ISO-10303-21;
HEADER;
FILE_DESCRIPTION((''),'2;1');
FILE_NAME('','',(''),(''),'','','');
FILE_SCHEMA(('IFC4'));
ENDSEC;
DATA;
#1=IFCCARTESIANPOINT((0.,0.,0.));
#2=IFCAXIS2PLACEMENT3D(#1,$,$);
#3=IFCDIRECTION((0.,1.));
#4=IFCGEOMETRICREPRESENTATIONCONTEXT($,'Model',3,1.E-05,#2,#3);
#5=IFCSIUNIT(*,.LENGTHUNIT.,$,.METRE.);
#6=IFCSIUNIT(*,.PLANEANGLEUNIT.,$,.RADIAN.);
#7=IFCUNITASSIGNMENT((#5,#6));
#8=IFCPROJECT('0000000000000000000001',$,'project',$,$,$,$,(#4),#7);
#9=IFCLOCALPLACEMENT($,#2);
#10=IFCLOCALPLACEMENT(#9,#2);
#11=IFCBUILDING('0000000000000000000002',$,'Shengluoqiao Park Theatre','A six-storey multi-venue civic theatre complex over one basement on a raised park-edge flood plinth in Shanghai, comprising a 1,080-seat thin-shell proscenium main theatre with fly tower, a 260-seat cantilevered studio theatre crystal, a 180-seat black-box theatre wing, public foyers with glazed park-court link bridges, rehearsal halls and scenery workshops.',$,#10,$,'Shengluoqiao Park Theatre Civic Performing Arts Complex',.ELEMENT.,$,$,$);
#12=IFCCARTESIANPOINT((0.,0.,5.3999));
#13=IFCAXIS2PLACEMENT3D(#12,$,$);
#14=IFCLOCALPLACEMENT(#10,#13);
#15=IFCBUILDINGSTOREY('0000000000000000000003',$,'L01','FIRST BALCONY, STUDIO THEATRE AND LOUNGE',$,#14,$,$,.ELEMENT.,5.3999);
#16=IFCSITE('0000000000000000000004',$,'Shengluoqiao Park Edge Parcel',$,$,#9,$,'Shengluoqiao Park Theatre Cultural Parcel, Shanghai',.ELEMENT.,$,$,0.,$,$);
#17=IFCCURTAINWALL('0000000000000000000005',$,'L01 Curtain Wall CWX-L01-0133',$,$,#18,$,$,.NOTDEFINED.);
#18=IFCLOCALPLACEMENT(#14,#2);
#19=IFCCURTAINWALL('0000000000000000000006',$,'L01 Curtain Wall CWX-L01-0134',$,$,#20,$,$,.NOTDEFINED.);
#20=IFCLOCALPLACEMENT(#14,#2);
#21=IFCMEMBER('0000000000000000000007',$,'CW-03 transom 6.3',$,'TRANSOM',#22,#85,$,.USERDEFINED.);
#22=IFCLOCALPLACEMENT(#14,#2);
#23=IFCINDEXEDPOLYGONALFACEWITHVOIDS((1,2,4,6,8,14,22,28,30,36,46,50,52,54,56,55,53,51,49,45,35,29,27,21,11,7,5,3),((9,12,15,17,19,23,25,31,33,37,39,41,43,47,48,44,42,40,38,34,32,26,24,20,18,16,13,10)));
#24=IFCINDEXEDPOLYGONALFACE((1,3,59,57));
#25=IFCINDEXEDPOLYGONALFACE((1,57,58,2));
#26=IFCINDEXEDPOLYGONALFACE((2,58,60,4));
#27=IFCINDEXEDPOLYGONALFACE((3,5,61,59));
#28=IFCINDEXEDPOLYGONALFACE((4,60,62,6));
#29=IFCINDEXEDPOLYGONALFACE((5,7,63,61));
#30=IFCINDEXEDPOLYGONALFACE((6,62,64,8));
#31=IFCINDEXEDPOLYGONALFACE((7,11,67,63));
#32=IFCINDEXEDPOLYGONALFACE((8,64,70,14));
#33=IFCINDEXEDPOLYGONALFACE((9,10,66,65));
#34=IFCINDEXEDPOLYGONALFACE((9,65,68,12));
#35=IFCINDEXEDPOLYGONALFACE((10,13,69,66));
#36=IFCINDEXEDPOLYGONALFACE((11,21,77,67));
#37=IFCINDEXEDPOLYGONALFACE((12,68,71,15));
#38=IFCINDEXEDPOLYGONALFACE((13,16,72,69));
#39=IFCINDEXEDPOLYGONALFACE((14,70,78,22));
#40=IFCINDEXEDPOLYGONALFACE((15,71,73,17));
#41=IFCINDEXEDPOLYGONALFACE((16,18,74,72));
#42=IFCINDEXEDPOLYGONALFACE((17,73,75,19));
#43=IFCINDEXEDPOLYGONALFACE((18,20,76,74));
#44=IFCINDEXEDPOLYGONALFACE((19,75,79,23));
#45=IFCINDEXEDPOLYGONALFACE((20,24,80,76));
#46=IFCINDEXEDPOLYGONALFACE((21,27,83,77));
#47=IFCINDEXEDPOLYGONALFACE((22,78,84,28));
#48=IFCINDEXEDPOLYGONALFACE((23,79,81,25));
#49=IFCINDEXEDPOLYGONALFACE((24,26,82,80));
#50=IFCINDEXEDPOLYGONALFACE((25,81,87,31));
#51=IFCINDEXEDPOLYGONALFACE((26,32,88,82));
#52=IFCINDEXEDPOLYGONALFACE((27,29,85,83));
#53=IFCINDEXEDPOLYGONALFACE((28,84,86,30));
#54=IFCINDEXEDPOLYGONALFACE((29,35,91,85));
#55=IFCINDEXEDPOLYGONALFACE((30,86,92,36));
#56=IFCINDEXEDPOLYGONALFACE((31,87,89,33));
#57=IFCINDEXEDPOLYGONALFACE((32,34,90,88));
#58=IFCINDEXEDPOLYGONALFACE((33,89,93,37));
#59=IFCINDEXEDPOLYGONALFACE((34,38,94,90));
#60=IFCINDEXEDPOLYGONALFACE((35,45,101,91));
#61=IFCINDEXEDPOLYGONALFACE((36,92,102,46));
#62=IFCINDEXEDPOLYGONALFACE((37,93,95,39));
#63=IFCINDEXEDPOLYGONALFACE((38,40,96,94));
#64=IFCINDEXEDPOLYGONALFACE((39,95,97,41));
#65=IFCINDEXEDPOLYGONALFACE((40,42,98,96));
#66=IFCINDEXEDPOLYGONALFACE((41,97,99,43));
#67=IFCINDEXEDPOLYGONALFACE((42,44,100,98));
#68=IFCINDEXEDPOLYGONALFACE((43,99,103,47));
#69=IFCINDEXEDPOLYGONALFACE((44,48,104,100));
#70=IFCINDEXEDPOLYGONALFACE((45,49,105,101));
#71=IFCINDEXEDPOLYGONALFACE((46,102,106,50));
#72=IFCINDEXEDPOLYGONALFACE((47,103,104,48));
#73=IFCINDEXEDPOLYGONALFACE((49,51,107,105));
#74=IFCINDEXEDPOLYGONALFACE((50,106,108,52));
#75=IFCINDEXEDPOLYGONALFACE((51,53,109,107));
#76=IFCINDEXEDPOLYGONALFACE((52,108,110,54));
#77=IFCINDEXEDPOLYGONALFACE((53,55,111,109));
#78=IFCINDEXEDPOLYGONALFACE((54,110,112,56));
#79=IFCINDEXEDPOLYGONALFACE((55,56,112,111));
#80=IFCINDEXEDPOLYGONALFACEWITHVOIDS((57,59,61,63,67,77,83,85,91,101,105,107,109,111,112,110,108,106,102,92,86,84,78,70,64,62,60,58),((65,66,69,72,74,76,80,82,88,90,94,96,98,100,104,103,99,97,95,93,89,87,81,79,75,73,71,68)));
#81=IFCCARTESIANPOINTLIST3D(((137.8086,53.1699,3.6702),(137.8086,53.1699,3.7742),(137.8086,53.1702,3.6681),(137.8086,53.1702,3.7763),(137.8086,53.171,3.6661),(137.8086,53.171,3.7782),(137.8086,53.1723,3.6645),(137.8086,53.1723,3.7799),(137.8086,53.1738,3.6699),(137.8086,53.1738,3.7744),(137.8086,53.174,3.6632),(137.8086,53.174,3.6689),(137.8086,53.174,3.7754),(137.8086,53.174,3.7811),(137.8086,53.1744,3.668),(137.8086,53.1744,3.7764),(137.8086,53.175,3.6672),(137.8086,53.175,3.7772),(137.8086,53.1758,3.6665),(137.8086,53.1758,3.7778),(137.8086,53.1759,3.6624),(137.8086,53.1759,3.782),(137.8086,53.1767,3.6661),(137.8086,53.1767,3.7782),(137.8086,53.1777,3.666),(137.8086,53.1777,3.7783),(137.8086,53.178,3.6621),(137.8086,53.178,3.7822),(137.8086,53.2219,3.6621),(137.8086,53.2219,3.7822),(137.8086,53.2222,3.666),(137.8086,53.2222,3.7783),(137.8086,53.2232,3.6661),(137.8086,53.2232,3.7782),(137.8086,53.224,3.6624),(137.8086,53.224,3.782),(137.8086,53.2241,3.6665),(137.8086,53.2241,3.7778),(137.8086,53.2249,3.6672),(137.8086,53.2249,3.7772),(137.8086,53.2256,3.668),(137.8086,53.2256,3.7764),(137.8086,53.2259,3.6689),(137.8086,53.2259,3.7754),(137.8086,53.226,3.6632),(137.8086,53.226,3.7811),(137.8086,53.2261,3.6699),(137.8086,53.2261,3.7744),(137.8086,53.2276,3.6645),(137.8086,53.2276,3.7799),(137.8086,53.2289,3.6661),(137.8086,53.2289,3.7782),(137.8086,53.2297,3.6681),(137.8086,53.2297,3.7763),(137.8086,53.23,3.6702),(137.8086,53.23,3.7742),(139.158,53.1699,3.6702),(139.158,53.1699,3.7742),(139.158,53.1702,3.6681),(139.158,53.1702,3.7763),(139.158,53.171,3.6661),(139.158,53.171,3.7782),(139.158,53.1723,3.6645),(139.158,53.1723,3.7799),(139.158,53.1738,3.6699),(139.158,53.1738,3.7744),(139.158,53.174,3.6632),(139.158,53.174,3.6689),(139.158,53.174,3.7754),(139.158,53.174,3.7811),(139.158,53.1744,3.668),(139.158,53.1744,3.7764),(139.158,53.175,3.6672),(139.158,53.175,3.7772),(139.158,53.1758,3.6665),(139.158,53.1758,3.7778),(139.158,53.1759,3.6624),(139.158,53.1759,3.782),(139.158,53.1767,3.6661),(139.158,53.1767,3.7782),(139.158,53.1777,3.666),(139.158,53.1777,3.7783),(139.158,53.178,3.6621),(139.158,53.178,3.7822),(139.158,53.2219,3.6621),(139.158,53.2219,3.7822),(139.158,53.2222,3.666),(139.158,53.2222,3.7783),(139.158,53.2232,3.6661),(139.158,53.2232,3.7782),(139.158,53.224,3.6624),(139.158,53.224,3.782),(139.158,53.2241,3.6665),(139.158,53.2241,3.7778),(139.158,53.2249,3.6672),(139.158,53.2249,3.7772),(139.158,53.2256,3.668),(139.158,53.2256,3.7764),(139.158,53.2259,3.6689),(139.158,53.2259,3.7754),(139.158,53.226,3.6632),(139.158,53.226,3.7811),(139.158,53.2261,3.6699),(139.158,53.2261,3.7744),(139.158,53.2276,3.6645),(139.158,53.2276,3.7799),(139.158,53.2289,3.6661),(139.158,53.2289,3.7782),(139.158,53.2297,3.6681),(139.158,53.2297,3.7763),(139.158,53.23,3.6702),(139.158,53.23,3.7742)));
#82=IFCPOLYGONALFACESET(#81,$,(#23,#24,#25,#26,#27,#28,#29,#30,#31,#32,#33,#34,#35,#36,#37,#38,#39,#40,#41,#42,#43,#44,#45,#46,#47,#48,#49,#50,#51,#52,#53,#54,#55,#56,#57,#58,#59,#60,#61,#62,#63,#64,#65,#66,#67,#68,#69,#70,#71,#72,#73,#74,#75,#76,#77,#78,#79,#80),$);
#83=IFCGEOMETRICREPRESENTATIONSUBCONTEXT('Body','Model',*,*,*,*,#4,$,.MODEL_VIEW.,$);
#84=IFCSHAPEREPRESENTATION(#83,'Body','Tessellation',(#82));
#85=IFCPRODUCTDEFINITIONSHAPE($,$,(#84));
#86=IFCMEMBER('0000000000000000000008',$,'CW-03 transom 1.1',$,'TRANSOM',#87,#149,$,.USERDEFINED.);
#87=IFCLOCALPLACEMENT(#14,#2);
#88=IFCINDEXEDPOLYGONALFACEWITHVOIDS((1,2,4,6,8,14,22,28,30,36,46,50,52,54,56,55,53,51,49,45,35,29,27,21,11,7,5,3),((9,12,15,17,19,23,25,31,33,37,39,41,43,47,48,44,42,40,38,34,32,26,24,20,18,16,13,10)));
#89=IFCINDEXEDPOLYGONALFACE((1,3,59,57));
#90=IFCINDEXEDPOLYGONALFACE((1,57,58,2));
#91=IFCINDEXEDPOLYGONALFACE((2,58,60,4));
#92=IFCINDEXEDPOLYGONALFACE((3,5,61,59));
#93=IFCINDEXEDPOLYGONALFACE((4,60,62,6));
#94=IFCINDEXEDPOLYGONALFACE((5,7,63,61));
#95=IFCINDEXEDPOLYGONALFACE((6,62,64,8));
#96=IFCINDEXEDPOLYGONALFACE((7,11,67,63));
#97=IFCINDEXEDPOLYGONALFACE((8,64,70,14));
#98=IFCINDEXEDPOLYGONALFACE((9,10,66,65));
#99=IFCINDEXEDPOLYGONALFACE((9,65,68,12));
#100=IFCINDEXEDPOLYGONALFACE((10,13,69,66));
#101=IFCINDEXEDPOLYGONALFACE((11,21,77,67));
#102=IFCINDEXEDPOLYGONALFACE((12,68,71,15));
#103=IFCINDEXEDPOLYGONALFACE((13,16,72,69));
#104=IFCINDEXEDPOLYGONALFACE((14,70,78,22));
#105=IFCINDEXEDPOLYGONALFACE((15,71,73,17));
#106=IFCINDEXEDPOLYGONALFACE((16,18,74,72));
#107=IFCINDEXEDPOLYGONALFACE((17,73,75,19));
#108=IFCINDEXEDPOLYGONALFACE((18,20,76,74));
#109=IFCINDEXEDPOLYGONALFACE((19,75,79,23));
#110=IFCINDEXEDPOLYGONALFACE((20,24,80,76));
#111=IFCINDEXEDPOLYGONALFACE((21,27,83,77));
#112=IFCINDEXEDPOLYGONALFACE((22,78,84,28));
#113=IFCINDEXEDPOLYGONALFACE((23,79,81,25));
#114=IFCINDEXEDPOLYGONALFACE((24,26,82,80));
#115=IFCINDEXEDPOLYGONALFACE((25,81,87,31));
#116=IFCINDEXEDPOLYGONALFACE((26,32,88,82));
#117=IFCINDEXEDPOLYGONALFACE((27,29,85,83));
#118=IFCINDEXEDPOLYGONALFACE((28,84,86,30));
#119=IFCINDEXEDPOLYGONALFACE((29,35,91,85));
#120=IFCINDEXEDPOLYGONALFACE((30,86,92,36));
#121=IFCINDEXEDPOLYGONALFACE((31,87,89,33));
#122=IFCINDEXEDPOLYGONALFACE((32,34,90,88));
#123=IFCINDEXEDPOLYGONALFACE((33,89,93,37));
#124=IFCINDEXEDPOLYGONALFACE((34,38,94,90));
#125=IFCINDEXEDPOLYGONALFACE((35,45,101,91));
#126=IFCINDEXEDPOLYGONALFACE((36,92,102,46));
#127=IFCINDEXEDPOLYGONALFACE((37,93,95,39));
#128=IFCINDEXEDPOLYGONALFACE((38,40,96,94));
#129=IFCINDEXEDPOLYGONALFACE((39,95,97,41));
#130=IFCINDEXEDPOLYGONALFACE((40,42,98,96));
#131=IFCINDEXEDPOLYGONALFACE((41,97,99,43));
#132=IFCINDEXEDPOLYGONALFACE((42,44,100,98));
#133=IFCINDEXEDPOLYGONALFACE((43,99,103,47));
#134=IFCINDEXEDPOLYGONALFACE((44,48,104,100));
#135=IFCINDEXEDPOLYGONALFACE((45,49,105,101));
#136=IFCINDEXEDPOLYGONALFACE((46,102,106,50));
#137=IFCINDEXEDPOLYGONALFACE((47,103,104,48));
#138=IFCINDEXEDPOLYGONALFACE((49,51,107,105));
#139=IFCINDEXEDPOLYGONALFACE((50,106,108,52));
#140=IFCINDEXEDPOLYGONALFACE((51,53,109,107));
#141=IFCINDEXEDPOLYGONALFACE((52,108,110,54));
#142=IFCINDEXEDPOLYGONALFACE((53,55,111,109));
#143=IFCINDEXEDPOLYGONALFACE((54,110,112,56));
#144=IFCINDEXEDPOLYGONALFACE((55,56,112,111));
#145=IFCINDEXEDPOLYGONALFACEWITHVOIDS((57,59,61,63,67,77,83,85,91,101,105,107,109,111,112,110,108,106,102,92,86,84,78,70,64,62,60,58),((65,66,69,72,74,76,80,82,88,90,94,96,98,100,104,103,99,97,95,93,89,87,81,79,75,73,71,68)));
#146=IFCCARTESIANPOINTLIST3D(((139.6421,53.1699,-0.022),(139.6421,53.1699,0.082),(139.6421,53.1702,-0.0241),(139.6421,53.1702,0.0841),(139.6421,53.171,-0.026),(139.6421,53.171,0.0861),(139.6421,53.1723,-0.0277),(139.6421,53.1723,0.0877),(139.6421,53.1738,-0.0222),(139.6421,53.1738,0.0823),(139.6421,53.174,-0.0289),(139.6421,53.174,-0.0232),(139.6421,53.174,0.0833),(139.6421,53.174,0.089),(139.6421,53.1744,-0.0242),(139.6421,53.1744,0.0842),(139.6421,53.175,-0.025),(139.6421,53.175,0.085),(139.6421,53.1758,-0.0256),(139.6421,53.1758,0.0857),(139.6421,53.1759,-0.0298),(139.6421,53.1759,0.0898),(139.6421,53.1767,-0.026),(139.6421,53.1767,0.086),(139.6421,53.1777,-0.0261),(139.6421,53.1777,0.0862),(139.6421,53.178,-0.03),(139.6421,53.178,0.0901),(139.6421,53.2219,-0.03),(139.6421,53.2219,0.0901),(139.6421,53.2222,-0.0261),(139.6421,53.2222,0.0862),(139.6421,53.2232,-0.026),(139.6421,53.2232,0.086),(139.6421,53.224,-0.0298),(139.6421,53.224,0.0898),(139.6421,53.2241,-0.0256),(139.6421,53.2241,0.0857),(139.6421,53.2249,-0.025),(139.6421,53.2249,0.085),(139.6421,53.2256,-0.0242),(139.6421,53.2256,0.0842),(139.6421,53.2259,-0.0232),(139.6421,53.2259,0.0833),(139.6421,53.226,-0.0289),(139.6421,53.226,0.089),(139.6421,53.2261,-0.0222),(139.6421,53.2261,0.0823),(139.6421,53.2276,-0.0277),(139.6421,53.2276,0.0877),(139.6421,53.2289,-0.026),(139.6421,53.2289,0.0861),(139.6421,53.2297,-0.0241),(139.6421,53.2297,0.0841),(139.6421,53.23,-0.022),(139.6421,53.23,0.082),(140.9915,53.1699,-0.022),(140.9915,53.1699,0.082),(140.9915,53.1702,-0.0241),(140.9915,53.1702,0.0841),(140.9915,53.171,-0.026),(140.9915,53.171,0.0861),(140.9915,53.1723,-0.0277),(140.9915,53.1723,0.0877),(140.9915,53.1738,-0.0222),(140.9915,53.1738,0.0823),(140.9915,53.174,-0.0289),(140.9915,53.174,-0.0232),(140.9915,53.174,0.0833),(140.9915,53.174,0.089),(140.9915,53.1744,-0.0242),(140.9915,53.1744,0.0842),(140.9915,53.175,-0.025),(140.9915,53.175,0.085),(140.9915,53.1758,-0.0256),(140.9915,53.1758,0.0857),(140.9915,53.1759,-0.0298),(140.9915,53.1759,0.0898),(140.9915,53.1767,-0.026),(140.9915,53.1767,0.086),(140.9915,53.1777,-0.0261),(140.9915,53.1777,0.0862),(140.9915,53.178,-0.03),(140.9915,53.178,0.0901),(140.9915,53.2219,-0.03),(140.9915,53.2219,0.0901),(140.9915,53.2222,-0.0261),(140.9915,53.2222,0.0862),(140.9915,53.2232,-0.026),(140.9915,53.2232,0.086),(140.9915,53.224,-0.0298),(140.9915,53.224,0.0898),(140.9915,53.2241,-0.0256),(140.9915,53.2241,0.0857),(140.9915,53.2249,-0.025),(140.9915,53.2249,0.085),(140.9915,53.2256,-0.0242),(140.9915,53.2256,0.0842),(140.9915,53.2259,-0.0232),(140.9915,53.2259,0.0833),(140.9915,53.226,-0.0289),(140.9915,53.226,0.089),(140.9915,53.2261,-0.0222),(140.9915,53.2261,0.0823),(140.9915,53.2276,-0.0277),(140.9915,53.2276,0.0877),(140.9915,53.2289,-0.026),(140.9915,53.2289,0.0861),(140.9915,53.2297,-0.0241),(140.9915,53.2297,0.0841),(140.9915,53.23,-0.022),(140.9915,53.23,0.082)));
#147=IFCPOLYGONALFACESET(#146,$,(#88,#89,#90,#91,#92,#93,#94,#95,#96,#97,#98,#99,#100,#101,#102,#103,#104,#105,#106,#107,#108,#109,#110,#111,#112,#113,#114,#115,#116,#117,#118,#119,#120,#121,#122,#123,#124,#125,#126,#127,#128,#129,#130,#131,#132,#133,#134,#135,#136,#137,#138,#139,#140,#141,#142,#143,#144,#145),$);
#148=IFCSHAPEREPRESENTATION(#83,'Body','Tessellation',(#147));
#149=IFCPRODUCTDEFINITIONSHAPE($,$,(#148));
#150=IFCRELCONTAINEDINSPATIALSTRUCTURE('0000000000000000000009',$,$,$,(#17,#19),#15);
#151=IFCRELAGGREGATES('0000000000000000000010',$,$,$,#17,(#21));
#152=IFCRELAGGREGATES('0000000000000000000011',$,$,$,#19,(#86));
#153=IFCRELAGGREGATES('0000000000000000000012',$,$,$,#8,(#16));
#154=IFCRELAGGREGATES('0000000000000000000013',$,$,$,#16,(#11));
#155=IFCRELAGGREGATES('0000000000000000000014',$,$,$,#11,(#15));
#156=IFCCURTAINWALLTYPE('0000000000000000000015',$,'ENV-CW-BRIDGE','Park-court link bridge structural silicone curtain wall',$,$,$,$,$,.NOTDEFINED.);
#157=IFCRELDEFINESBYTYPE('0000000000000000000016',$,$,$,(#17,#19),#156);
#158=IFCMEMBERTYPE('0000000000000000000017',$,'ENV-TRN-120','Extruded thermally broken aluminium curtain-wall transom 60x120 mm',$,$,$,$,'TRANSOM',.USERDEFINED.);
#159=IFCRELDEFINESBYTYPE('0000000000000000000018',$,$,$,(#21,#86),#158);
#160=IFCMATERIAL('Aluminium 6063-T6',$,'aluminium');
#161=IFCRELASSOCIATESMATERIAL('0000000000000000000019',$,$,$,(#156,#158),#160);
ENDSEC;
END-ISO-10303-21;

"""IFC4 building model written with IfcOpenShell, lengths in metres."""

from ifc_helpers import new_model, si_unit, direction, frame, origin, origin_2d, place, context, subcontext, project, spatial, hollow_rectangle, extrude, material, material_profile, profile_set, type_object, element, aggregate, save


model = new_model("IFC4")

# Units and contexts
model_context = context("Model", 3, precision=1e-05, world=origin(), true_north=direction((0.0, 1.0)))
body_context = subcontext(model_context, "Body", "Model", "MODEL_VIEW")
ifc_project = project(units=[si_unit("LENGTHUNIT", "METRE"), si_unit("PLANEANGLEUNIT", "RADIAN")], contexts=[model_context])

# Site, building, storey
site_placement = place(None, origin())
site = spatial("IfcSite", under=ifc_project, at=site_placement, Name="Shengluoqiao Park Edge Parcel", LongName="Shengluoqiao Park Theatre Cultural Parcel, Shanghai", CompositionType="ELEMENT", RefElevation=0.0)
building_placement = place(site_placement, origin())
building = spatial("IfcBuilding", under=site, at=building_placement, Name="Shengluoqiao Park Theatre", Description="A six-storey multi-venue civic theatre complex over one basement on a raised park-edge flood plinth in Shanghai, comprising a 1,080-seat thin-shell proscenium main theatre with fly tower, a 260-seat cantilevered studio theatre crystal, a 180-seat black-box theatre wing, public foyers with glazed park-court link bridges, rehearsal halls and scenery workshops.", LongName="Shengluoqiao Park Theatre Civic Performing Arts Complex", CompositionType="ELEMENT")
storey_placement = place(building_placement, frame((0.0, 0.0, 5.3999)))
storey = spatial("IfcBuildingStorey", under=building, at=storey_placement, Name="L01", Description="FIRST BALCONY, STUDIO THEATRE AND LOUNGE", CompositionType="ELEMENT", Elevation=5.3999)

# Curtain walls
ifc_material_1 = material(Name="Aluminium 6063-T6", Category="aluminium")
curtain_wall_type = type_object("IfcCurtainWallType", Name="ENV-CW-BRIDGE", Description="Park-court link bridge structural silicone curtain wall", PredefinedType="NOTDEFINED", material=ifc_material_1)
curtain_wall_1_placement = place(storey_placement, origin())
curtain_wall_1 = element("IfcCurtainWall", 1, at=curtain_wall_1_placement, inside=storey, type_object=curtain_wall_type, Name="L01 Curtain Wall CWX-L01-0133", PredefinedType="NOTDEFINED")
curtain_wall_2_placement = place(storey_placement, origin())
curtain_wall_2 = element("IfcCurtainWall", 2, at=curtain_wall_2_placement, inside=storey, type_object=curtain_wall_type, Name="L01 Curtain Wall CWX-L01-0134", PredefinedType="NOTDEFINED")

# Members
ifc_material_profile_1 = material_profile(ifc_material_1, hollow_rectangle(XDim=0.0601, YDim=0.1201, WallThickness=0.0039, InnerFilletRadius=0.0039, OuterFilletRadius=0.0081, at=origin_2d()), Name="ALU TRANSOM 120x60x4")
ifc_profile_set_1 = profile_set([ifc_material_profile_1], Name="Aluminium 6063-T6")
member_type_1 = type_object("IfcMemberType", Name="ENV-TRN-120", Description="Extruded thermally broken aluminium curtain-wall transom 60x120 mm", ElementType="TRANSOM", PredefinedType="USERDEFINED", material=ifc_profile_set_1)
member_1_placement = place(storey_placement, frame((137.8086, 53.2, 3.7222), z_axis=(1.0, 0.0, 0.0), x_axis=(0.0, 1.0, 0.0)))
member_1 = element("IfcMember", 3, at=member_1_placement, type_object=member_type_1, Name="CW-03 transom 6.3", ObjectType="TRANSOM", PredefinedType="USERDEFINED", context=body_context, shape_type="SweptSolid", body=[
    extrude(hollow_rectangle(XDim=0.0601, YDim=0.1201, WallThickness=0.0039, InnerFilletRadius=0.0039, OuterFilletRadius=0.0081, at=origin_2d()), origin(), (0.0, 0.0, 1.0), 1.3494),
])
member_2_placement = place(storey_placement, frame((139.6421, 53.2, 0.03), z_axis=(1.0, 0.0, 0.0), x_axis=(0.0, 1.0, 0.0)))
member_2 = element("IfcMember", 4, at=member_2_placement, type_object=member_type_1, Name="CW-03 transom 1.1", ObjectType="TRANSOM", PredefinedType="USERDEFINED", context=body_context, shape_type="SweptSolid", body=[
    extrude(hollow_rectangle(XDim=0.0601, YDim=0.1201, WallThickness=0.0039, InnerFilletRadius=0.0039, OuterFilletRadius=0.0081, at=origin_2d()), origin(), (0.0, 0.0, 1.0), 1.3494),
])

aggregate(curtain_wall_1, [member_1])
aggregate(curtain_wall_2, [member_2])

save(model, "model.ifc")
